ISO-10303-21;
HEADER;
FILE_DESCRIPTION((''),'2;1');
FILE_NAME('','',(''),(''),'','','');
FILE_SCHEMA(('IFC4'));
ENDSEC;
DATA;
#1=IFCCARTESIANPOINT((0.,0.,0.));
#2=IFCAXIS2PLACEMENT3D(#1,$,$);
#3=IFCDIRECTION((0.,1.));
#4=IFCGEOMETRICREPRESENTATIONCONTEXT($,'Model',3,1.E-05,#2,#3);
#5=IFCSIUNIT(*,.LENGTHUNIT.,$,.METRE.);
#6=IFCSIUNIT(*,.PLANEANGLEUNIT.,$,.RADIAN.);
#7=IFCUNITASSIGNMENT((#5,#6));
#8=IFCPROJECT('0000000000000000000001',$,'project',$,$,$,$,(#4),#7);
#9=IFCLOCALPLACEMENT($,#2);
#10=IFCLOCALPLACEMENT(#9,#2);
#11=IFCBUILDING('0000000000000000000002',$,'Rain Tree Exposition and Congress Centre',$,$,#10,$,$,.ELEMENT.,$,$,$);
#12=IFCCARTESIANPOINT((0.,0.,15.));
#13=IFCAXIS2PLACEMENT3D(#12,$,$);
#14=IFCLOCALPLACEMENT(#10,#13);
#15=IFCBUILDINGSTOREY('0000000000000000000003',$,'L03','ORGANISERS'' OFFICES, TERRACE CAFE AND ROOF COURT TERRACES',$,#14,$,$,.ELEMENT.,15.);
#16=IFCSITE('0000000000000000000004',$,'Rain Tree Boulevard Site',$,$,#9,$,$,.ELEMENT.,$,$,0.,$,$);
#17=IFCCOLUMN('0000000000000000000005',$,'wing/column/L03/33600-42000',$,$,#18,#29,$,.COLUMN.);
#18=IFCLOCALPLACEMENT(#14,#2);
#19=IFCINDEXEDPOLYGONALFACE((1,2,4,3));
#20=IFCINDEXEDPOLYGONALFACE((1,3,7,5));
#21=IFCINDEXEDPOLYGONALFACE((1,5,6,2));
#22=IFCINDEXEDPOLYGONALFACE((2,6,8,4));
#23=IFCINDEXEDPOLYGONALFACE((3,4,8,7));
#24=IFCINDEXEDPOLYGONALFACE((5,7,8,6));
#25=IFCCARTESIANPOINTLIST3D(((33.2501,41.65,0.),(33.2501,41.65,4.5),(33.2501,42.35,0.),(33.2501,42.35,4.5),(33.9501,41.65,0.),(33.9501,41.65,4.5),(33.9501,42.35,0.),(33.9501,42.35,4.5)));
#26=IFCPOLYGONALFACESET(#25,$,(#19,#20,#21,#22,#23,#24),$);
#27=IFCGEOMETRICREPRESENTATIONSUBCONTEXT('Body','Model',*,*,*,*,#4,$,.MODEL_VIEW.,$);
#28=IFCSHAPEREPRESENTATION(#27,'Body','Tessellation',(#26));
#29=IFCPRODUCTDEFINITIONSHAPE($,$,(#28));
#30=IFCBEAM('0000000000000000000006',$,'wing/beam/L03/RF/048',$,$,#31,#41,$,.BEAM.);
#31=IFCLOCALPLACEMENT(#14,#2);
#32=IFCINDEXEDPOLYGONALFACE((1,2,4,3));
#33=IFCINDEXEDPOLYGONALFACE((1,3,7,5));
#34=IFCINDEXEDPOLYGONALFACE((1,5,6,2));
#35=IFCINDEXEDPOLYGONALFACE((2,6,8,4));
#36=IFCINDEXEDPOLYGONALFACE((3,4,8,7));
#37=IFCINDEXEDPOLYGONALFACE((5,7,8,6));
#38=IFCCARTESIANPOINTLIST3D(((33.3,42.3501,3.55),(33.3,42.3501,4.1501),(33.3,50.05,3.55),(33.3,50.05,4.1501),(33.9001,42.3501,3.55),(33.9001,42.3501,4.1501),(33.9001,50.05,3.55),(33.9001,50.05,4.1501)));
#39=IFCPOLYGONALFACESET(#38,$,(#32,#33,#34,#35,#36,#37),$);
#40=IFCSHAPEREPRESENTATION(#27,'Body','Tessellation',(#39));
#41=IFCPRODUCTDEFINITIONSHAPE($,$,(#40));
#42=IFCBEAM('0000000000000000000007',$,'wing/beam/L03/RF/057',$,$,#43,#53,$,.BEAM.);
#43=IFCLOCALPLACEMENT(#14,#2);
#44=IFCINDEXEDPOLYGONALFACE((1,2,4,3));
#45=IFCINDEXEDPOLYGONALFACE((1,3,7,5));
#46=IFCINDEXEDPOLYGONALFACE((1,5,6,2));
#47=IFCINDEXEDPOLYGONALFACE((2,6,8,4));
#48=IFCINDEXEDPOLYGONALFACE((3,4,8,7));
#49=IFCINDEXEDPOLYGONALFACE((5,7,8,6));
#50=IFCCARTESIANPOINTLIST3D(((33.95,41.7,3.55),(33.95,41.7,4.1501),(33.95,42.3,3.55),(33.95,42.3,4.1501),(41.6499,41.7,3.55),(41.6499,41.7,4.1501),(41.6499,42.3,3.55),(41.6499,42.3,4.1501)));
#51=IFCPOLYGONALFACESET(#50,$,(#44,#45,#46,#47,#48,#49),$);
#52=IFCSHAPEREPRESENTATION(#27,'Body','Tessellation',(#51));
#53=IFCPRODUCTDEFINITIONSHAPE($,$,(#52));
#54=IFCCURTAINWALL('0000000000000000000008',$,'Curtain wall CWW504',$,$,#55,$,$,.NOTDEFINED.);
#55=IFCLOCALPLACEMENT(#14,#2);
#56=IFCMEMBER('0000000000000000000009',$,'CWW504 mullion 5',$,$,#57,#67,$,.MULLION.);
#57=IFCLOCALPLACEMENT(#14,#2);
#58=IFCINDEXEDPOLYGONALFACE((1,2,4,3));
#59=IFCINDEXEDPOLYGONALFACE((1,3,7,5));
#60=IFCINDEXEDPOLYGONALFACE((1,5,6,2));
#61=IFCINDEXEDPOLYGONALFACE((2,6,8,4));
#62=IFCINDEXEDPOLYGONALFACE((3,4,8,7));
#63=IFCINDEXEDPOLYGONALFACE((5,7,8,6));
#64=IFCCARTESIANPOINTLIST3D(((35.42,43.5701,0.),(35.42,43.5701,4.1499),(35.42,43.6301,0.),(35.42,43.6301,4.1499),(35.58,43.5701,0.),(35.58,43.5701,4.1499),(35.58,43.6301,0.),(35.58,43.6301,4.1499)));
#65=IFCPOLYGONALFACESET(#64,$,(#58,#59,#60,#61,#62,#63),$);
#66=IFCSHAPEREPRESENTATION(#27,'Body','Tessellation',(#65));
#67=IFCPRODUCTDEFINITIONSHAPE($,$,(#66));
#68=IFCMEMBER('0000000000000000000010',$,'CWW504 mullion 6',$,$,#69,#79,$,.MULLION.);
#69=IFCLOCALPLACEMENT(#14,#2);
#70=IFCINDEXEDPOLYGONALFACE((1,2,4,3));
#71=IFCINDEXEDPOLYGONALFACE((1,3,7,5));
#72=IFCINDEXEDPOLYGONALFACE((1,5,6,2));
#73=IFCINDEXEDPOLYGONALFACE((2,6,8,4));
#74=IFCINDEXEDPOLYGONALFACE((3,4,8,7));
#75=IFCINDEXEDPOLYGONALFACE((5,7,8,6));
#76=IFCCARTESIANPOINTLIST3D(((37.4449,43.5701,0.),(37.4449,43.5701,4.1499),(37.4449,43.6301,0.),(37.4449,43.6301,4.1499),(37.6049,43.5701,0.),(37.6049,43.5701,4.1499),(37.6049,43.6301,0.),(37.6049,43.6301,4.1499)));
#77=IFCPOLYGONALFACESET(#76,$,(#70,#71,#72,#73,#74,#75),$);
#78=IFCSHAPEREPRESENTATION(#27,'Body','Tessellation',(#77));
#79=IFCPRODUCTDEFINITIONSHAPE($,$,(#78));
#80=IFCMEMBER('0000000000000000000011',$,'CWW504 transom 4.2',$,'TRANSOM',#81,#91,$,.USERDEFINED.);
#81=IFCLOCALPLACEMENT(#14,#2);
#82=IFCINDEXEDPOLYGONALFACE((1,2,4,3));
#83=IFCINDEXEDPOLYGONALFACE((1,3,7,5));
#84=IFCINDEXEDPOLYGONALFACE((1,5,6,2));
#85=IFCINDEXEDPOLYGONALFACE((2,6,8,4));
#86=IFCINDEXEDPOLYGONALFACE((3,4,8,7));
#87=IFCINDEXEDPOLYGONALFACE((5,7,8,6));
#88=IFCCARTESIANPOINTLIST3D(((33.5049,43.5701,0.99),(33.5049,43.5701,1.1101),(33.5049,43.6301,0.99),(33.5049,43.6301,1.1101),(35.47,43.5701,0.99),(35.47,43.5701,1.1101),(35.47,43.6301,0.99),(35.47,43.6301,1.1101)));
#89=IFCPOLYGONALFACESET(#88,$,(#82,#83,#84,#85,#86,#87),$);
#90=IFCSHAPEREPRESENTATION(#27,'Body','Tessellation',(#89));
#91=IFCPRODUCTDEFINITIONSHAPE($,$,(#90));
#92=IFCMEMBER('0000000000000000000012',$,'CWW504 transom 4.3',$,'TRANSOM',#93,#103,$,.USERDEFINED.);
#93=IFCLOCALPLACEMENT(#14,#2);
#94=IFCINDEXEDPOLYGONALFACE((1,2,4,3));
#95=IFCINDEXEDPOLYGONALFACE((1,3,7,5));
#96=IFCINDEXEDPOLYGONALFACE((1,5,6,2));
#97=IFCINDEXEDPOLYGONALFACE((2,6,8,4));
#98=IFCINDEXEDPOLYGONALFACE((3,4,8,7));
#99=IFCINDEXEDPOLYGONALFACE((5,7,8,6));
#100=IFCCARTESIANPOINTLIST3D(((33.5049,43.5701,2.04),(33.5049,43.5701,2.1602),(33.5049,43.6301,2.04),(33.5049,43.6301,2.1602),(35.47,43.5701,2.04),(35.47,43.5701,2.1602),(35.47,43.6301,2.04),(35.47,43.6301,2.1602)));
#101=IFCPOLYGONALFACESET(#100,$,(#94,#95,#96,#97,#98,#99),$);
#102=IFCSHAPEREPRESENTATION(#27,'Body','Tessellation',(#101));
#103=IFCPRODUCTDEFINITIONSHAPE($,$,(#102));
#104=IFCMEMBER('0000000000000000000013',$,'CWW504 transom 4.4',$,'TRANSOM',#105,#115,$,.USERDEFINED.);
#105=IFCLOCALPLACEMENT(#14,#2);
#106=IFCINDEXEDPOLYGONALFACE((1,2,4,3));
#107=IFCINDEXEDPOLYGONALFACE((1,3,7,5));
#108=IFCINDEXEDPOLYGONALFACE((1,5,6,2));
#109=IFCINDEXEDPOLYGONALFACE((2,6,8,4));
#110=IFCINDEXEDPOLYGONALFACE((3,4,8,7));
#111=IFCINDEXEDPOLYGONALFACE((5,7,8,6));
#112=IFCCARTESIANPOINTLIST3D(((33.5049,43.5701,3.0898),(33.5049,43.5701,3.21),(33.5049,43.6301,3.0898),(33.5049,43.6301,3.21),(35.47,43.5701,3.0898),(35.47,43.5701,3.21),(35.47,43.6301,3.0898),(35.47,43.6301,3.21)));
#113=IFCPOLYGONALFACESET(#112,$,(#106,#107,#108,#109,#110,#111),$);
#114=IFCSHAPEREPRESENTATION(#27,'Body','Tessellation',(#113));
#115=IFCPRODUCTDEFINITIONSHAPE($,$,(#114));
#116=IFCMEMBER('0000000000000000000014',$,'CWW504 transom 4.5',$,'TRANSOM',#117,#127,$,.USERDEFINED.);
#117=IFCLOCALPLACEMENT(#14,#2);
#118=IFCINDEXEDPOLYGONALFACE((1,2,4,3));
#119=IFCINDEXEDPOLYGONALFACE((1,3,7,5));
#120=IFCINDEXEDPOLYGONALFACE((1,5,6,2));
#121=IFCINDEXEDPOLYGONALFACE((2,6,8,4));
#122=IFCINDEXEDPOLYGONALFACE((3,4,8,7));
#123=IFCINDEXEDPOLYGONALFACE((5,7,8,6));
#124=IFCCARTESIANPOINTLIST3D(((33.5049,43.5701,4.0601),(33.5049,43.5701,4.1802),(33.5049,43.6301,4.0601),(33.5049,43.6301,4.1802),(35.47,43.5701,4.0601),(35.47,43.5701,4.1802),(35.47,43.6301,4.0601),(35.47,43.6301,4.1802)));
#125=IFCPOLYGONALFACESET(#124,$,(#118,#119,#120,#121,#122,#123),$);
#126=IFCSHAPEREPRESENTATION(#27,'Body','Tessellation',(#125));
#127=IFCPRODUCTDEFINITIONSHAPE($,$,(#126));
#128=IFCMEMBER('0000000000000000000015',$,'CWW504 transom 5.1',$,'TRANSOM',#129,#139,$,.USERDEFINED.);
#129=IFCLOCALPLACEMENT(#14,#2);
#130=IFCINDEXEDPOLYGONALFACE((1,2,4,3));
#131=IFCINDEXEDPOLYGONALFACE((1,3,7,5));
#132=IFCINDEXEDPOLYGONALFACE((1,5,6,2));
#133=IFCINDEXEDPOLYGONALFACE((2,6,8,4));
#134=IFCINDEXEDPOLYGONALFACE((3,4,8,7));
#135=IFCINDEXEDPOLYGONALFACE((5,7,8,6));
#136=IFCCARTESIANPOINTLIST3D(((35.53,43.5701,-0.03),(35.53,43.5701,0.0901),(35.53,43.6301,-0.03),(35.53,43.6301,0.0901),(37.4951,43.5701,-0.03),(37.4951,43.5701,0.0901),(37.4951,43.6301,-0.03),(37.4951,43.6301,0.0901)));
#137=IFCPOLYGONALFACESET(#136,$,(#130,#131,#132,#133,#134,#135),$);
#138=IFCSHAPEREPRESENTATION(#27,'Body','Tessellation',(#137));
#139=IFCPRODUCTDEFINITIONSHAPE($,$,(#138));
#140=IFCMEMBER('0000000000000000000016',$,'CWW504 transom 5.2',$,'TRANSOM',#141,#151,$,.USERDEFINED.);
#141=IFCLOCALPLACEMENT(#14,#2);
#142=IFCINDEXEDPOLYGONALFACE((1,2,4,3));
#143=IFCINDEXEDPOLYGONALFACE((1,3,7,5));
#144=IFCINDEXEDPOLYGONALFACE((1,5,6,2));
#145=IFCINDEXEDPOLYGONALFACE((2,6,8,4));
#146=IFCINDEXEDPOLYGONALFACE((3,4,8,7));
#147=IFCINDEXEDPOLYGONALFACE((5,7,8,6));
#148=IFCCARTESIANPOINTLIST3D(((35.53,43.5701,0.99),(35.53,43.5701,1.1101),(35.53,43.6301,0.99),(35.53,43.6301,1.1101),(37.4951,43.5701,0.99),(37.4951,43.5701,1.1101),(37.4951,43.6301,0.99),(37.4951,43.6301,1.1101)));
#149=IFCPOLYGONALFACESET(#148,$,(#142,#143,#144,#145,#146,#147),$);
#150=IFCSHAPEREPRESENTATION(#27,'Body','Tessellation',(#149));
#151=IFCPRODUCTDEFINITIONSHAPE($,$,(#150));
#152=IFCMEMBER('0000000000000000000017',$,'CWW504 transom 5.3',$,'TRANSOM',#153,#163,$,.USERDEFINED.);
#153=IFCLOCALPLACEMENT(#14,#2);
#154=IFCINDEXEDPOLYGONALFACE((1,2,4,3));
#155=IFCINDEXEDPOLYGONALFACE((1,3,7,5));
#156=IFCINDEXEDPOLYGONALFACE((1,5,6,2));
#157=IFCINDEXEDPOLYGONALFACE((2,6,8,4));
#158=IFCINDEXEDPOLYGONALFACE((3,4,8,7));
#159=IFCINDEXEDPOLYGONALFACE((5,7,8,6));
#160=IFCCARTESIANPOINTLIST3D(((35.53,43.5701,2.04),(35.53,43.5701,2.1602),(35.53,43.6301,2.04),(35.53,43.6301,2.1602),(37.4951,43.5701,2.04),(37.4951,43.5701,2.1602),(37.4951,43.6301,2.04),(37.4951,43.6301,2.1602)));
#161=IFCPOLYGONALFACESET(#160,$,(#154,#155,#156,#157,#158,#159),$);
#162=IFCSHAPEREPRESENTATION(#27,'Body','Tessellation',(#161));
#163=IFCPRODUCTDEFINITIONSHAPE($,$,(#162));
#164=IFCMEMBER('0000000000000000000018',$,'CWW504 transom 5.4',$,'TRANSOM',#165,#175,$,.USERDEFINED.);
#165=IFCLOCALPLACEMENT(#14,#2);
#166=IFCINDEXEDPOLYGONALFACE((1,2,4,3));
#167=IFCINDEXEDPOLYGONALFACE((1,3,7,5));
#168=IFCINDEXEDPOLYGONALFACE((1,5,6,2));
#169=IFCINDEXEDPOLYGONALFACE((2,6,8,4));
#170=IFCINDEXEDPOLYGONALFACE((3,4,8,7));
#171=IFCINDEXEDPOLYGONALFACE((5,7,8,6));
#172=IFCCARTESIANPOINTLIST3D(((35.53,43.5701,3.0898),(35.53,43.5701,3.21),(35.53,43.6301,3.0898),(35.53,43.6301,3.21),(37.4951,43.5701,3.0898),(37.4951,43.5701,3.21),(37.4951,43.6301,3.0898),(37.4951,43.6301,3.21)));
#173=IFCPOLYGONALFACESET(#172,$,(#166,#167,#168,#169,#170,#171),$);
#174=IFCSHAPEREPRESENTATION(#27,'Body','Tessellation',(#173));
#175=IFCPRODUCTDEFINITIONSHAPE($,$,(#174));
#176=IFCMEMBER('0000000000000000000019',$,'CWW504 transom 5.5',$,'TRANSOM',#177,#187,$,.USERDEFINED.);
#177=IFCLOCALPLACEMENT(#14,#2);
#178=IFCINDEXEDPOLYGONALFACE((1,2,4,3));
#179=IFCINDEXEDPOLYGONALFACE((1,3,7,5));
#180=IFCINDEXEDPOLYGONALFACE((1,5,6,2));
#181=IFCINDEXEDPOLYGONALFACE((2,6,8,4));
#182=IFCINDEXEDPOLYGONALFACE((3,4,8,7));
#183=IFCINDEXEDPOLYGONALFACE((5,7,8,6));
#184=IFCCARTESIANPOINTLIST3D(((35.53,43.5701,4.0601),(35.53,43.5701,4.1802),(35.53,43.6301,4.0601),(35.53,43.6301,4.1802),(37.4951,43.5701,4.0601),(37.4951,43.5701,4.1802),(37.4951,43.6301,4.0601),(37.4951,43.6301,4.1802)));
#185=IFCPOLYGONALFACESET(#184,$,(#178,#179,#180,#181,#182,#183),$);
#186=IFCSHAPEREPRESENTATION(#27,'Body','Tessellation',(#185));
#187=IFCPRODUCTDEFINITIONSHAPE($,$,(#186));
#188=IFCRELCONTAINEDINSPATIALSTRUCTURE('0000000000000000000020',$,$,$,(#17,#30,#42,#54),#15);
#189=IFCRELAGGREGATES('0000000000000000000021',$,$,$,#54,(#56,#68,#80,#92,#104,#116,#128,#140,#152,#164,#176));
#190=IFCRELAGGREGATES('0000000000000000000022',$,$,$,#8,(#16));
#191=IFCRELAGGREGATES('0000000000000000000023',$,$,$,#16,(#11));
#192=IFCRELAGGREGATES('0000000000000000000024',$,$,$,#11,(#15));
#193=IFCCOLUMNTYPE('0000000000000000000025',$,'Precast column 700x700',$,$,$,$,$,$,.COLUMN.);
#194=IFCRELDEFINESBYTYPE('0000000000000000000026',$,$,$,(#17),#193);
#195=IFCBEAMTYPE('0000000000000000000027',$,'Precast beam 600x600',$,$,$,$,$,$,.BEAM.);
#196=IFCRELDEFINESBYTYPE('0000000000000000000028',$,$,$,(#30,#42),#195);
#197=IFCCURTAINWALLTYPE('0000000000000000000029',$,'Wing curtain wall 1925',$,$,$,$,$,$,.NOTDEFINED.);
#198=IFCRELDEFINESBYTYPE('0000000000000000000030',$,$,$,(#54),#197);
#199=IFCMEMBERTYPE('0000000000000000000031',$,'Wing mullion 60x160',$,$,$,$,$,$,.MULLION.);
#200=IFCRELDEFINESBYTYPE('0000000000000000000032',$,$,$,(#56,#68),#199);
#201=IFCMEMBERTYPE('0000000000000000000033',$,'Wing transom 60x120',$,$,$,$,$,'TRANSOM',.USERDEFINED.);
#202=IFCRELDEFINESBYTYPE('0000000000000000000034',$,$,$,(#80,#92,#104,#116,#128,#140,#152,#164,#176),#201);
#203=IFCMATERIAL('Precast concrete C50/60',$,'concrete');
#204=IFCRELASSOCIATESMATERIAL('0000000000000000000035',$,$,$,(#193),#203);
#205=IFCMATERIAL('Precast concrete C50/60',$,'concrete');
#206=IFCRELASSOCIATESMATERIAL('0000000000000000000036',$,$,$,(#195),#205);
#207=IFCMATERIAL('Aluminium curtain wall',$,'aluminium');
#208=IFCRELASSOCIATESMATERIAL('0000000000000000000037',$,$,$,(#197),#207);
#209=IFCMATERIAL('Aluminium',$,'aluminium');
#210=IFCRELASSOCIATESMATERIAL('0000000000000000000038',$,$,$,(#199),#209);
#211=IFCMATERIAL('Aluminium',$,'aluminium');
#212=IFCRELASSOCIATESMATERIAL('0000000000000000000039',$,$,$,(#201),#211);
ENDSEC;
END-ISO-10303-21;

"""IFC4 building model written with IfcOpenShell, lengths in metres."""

from ifc_helpers import new_model, si_unit, direction, frame, origin, origin_2d, place, context, subcontext, project, spatial, rectangle, extrude, material, material_profile, profile_set, type_object, element, aggregate, save


model = new_model("IFC4")

# Units and contexts
model_context = context("Model", 3, precision=1e-05, world=origin(), true_north=direction((0.0, 1.0)))
body_context = subcontext(model_context, "Body", "Model", "MODEL_VIEW")
ifc_project = project(units=[si_unit("LENGTHUNIT", "METRE"), si_unit("PLANEANGLEUNIT", "RADIAN")], contexts=[model_context])

# Site, building, storey
site_placement = place(None, origin())
site = spatial("IfcSite", under=ifc_project, at=site_placement, Name="Rain Tree Boulevard Site", CompositionType="ELEMENT", RefElevation=0.0)
building_placement = place(site_placement, origin())
building = spatial("IfcBuilding", under=site, at=building_placement, Name="Rain Tree Exposition and Congress Centre", CompositionType="ELEMENT")
storey_placement = place(building_placement, frame((0.0, 0.0, 15.0)))
storey = spatial("IfcBuildingStorey", under=building, at=storey_placement, Name="L03", Description="ORGANISERS' OFFICES, TERRACE CAFE AND ROOF COURT TERRACES", CompositionType="ELEMENT", Elevation=15.0)

# Column
ifc_material_1 = material(Name="Precast concrete C50/60", Category="concrete")
ifc_material_profile_1 = material_profile(ifc_material_1, rectangle(XDim=0.7, YDim=0.7, at=origin_2d()), Name="RC 700x700")
ifc_profile_set_1 = profile_set([ifc_material_profile_1], Name="Precast concrete C50/60")
column_type = type_object("IfcColumnType", Name="Precast column 700x700", PredefinedType="COLUMN", material=ifc_profile_set_1)
column_placement = place(storey_placement, frame((33.6001, 42.0, 0.0), z_axis=(0.0, 0.0, 1.0), x_axis=(1.0, 0.0, 0.0)))
element("IfcColumn", 1, at=column_placement, inside=storey, type_object=column_type, Name="wing/column/L03/33600-42000", PredefinedType="COLUMN", context=body_context, shape_type="SweptSolid", body=[
    extrude(rectangle(XDim=0.7, YDim=0.7, at=origin_2d()), origin(), (0.0, 0.0, 1.0), 4.5),
])

# Beams
ifc_material_2 = material(Name="Precast concrete C50/60", Category="concrete")
ifc_material_profile_2 = material_profile(ifc_material_2, rectangle(XDim=0.6001, YDim=0.6001, at=origin_2d()), Name="RC 600x600")
ifc_profile_set_2 = profile_set([ifc_material_profile_2], Name="Precast concrete C50/60")
beam_type = type_object("IfcBeamType", Name="Precast beam 600x600", PredefinedType="BEAM", material=ifc_profile_set_2)
for number, where, z_axis, x_axis, name in (
    (2, (33.6001, 42.3501, 3.8501), (0.0, 1.0, 0.0), (-1.0, 0.0, 0.0), "wing/beam/L03/RF/048"),
    (3, (33.95, 42.0, 3.8501), (1.0, 0.0, 0.0), (0.0, 1.0, 0.0), "wing/beam/L03/RF/057"),
):
    element("IfcBeam", number, at=place(storey_placement, frame(where, z_axis=z_axis, x_axis=x_axis)), inside=storey, type_object=beam_type, Name=name, PredefinedType="BEAM", context=body_context, shape_type="SweptSolid", body=[
        extrude(rectangle(XDim=0.6001, YDim=0.6001, at=origin_2d()), origin(), (0.0, 0.0, 1.0), 7.7),
    ])

# Curtain wall, members
ifc_material_3 = material(Name="Aluminium curtain wall", Category="aluminium")
curtain_wall_type = type_object("IfcCurtainWallType", Name="Wing curtain wall 1925", PredefinedType="NOTDEFINED", material=ifc_material_3)
curtain_wall_placement = place(storey_placement, origin())
curtain_wall = element("IfcCurtainWall", 4, at=curtain_wall_placement, inside=storey, type_object=curtain_wall_type, Name="Curtain wall CWW504", PredefinedType="NOTDEFINED")
ifc_material_4 = material(Name="Aluminium", Category="aluminium")
ifc_material_profile_3 = material_profile(ifc_material_4, rectangle(XDim=0.0601, YDim=0.1599, at=origin_2d()), Name="Aluminium 60x160")
ifc_profile_set_3 = profile_set([ifc_material_profile_3], Name="Aluminium")
member_type_1 = type_object("IfcMemberType", Name="Wing mullion 60x160", PredefinedType="MULLION", material=ifc_profile_set_3)
member_1_placement = place(storey_placement, frame((35.5, 43.6001, 0.0), z_axis=(0.0, 0.0, 1.0), x_axis=(0.0, 1.0, 0.0)))
member_1 = element("IfcMember", 5, at=member_1_placement, type_object=member_type_1, Name="CWW504 mullion 5", PredefinedType="MULLION", context=body_context, shape_type="SweptSolid", body=[
    extrude(rectangle(XDim=0.0601, YDim=0.1599, at=origin_2d()), origin(), (0.0, 0.0, 1.0), 4.1499),
])
member_2_placement = place(storey_placement, frame((37.5249, 43.6001, 0.0), z_axis=(0.0, 0.0, 1.0), x_axis=(0.0, 1.0, 0.0)))
member_2 = element("IfcMember", 6, at=member_2_placement, type_object=member_type_1, Name="CWW504 mullion 6", PredefinedType="MULLION", context=body_context, shape_type="SweptSolid", body=[
    extrude(rectangle(XDim=0.0601, YDim=0.1599, at=origin_2d()), origin(), (0.0, 0.0, 1.0), 4.1499),
])
ifc_material_5 = material(Name="Aluminium", Category="aluminium")
ifc_material_profile_4 = material_profile(ifc_material_5, rectangle(XDim=0.0601, YDim=0.1201, at=origin_2d()), Name="Aluminium 60x120")
ifc_profile_set_4 = profile_set([ifc_material_profile_4], Name="Aluminium")
member_type_2 = type_object("IfcMemberType", Name="Wing transom 60x120", ElementType="TRANSOM", PredefinedType="USERDEFINED", material=ifc_profile_set_4)
member_3_placement = place(storey_placement, frame((33.5049, 43.6001, 1.05), z_axis=(1.0, 0.0, 0.0), x_axis=(0.0, 1.0, 0.0)))
member_3 = element("IfcMember", 7, at=member_3_placement, type_object=member_type_2, Name="CWW504 transom 4.2", ObjectType="TRANSOM", PredefinedType="USERDEFINED", context=body_context, shape_type="SweptSolid", body=[
    extrude(rectangle(XDim=0.0601, YDim=0.1201, at=origin_2d()), origin(), (0.0, 0.0, 1.0), 1.9651),
])
member_4_placement = place(storey_placement, frame((33.5049, 43.6001, 2.1001), z_axis=(1.0, 0.0, 0.0), x_axis=(0.0, 1.0, 0.0)))
member_4 = element("IfcMember", 8, at=member_4_placement, type_object=member_type_2, Name="CWW504 transom 4.3", ObjectType="TRANSOM", PredefinedType="USERDEFINED", context=body_context, shape_type="SweptSolid", body=[
    extrude(rectangle(XDim=0.0601, YDim=0.1201, at=origin_2d()), origin(), (0.0, 0.0, 1.0), 1.9651),
])
member_5_placement = place(storey_placement, frame((33.5049, 43.6001, 3.1499), z_axis=(1.0, 0.0, 0.0), x_axis=(0.0, 1.0, 0.0)))
member_5 = element("IfcMember", 9, at=member_5_placement, type_object=member_type_2, Name="CWW504 transom 4.4", ObjectType="TRANSOM", PredefinedType="USERDEFINED", context=body_context, shape_type="SweptSolid", body=[
    extrude(rectangle(XDim=0.0601, YDim=0.1201, at=origin_2d()), origin(), (0.0, 0.0, 1.0), 1.9651),
])
member_6_placement = place(storey_placement, frame((33.5049, 43.6001, 4.1201), z_axis=(1.0, 0.0, 0.0), x_axis=(0.0, 1.0, 0.0)))
member_6 = element("IfcMember", 10, at=member_6_placement, type_object=member_type_2, Name="CWW504 transom 4.5", ObjectType="TRANSOM", PredefinedType="USERDEFINED", context=body_context, shape_type="SweptSolid", body=[
    extrude(rectangle(XDim=0.0601, YDim=0.1201, at=origin_2d()), origin(), (0.0, 0.0, 1.0), 1.9651),
])
member_7_placement = place(storey_placement, frame((35.53, 43.6001, 0.03), z_axis=(1.0, 0.0, 0.0), x_axis=(0.0, 1.0, 0.0)))
member_7 = element("IfcMember", 11, at=member_7_placement, type_object=member_type_2, Name="CWW504 transom 5.1", ObjectType="TRANSOM", PredefinedType="USERDEFINED", context=body_context, shape_type="SweptSolid", body=[
    extrude(rectangle(XDim=0.0601, YDim=0.1201, at=origin_2d()), origin(), (0.0, 0.0, 1.0), 1.9651),
])
member_8_placement = place(storey_placement, frame((35.53, 43.6001, 1.05), z_axis=(1.0, 0.0, 0.0), x_axis=(0.0, 1.0, 0.0)))
member_8 = element("IfcMember", 12, at=member_8_placement, type_object=member_type_2, Name="CWW504 transom 5.2", ObjectType="TRANSOM", PredefinedType="USERDEFINED", context=body_context, shape_type="SweptSolid", body=[
    extrude(rectangle(XDim=0.0601, YDim=0.1201, at=origin_2d()), origin(), (0.0, 0.0, 1.0), 1.9651),
])
member_9_placement = place(storey_placement, frame((35.53, 43.6001, 2.1001), z_axis=(1.0, 0.0, 0.0), x_axis=(0.0, 1.0, 0.0)))
member_9 = element("IfcMember", 13, at=member_9_placement, type_object=member_type_2, Name="CWW504 transom 5.3", ObjectType="TRANSOM", PredefinedType="USERDEFINED", context=body_context, shape_type="SweptSolid", body=[
    extrude(rectangle(XDim=0.0601, YDim=0.1201, at=origin_2d()), origin(), (0.0, 0.0, 1.0), 1.9651),
])
member_10_placement = place(storey_placement, frame((35.53, 43.6001, 3.1499), z_axis=(1.0, 0.0, 0.0), x_axis=(0.0, 1.0, 0.0)))
member_10 = element("IfcMember", 14, at=member_10_placement, type_object=member_type_2, Name="CWW504 transom 5.4", ObjectType="TRANSOM", PredefinedType="USERDEFINED", context=body_context, shape_type="SweptSolid", body=[
    extrude(rectangle(XDim=0.0601, YDim=0.1201, at=origin_2d()), origin(), (0.0, 0.0, 1.0), 1.9651),
])
member_11_placement = place(storey_placement, frame((35.53, 43.6001, 4.1201), z_axis=(1.0, 0.0, 0.0), x_axis=(0.0, 1.0, 0.0)))
member_11 = element("IfcMember", 15, at=member_11_placement, type_object=member_type_2, Name="CWW504 transom 5.5", ObjectType="TRANSOM", PredefinedType="USERDEFINED", context=body_context, shape_type="SweptSolid", body=[
    extrude(rectangle(XDim=0.0601, YDim=0.1201, at=origin_2d()), origin(), (0.0, 0.0, 1.0), 1.9651),
])
aggregate(curtain_wall, [member_1, member_2, member_3, member_4, member_5, member_6, member_7, member_8, member_9, member_10, member_11])

save(model, "model.ifc")
